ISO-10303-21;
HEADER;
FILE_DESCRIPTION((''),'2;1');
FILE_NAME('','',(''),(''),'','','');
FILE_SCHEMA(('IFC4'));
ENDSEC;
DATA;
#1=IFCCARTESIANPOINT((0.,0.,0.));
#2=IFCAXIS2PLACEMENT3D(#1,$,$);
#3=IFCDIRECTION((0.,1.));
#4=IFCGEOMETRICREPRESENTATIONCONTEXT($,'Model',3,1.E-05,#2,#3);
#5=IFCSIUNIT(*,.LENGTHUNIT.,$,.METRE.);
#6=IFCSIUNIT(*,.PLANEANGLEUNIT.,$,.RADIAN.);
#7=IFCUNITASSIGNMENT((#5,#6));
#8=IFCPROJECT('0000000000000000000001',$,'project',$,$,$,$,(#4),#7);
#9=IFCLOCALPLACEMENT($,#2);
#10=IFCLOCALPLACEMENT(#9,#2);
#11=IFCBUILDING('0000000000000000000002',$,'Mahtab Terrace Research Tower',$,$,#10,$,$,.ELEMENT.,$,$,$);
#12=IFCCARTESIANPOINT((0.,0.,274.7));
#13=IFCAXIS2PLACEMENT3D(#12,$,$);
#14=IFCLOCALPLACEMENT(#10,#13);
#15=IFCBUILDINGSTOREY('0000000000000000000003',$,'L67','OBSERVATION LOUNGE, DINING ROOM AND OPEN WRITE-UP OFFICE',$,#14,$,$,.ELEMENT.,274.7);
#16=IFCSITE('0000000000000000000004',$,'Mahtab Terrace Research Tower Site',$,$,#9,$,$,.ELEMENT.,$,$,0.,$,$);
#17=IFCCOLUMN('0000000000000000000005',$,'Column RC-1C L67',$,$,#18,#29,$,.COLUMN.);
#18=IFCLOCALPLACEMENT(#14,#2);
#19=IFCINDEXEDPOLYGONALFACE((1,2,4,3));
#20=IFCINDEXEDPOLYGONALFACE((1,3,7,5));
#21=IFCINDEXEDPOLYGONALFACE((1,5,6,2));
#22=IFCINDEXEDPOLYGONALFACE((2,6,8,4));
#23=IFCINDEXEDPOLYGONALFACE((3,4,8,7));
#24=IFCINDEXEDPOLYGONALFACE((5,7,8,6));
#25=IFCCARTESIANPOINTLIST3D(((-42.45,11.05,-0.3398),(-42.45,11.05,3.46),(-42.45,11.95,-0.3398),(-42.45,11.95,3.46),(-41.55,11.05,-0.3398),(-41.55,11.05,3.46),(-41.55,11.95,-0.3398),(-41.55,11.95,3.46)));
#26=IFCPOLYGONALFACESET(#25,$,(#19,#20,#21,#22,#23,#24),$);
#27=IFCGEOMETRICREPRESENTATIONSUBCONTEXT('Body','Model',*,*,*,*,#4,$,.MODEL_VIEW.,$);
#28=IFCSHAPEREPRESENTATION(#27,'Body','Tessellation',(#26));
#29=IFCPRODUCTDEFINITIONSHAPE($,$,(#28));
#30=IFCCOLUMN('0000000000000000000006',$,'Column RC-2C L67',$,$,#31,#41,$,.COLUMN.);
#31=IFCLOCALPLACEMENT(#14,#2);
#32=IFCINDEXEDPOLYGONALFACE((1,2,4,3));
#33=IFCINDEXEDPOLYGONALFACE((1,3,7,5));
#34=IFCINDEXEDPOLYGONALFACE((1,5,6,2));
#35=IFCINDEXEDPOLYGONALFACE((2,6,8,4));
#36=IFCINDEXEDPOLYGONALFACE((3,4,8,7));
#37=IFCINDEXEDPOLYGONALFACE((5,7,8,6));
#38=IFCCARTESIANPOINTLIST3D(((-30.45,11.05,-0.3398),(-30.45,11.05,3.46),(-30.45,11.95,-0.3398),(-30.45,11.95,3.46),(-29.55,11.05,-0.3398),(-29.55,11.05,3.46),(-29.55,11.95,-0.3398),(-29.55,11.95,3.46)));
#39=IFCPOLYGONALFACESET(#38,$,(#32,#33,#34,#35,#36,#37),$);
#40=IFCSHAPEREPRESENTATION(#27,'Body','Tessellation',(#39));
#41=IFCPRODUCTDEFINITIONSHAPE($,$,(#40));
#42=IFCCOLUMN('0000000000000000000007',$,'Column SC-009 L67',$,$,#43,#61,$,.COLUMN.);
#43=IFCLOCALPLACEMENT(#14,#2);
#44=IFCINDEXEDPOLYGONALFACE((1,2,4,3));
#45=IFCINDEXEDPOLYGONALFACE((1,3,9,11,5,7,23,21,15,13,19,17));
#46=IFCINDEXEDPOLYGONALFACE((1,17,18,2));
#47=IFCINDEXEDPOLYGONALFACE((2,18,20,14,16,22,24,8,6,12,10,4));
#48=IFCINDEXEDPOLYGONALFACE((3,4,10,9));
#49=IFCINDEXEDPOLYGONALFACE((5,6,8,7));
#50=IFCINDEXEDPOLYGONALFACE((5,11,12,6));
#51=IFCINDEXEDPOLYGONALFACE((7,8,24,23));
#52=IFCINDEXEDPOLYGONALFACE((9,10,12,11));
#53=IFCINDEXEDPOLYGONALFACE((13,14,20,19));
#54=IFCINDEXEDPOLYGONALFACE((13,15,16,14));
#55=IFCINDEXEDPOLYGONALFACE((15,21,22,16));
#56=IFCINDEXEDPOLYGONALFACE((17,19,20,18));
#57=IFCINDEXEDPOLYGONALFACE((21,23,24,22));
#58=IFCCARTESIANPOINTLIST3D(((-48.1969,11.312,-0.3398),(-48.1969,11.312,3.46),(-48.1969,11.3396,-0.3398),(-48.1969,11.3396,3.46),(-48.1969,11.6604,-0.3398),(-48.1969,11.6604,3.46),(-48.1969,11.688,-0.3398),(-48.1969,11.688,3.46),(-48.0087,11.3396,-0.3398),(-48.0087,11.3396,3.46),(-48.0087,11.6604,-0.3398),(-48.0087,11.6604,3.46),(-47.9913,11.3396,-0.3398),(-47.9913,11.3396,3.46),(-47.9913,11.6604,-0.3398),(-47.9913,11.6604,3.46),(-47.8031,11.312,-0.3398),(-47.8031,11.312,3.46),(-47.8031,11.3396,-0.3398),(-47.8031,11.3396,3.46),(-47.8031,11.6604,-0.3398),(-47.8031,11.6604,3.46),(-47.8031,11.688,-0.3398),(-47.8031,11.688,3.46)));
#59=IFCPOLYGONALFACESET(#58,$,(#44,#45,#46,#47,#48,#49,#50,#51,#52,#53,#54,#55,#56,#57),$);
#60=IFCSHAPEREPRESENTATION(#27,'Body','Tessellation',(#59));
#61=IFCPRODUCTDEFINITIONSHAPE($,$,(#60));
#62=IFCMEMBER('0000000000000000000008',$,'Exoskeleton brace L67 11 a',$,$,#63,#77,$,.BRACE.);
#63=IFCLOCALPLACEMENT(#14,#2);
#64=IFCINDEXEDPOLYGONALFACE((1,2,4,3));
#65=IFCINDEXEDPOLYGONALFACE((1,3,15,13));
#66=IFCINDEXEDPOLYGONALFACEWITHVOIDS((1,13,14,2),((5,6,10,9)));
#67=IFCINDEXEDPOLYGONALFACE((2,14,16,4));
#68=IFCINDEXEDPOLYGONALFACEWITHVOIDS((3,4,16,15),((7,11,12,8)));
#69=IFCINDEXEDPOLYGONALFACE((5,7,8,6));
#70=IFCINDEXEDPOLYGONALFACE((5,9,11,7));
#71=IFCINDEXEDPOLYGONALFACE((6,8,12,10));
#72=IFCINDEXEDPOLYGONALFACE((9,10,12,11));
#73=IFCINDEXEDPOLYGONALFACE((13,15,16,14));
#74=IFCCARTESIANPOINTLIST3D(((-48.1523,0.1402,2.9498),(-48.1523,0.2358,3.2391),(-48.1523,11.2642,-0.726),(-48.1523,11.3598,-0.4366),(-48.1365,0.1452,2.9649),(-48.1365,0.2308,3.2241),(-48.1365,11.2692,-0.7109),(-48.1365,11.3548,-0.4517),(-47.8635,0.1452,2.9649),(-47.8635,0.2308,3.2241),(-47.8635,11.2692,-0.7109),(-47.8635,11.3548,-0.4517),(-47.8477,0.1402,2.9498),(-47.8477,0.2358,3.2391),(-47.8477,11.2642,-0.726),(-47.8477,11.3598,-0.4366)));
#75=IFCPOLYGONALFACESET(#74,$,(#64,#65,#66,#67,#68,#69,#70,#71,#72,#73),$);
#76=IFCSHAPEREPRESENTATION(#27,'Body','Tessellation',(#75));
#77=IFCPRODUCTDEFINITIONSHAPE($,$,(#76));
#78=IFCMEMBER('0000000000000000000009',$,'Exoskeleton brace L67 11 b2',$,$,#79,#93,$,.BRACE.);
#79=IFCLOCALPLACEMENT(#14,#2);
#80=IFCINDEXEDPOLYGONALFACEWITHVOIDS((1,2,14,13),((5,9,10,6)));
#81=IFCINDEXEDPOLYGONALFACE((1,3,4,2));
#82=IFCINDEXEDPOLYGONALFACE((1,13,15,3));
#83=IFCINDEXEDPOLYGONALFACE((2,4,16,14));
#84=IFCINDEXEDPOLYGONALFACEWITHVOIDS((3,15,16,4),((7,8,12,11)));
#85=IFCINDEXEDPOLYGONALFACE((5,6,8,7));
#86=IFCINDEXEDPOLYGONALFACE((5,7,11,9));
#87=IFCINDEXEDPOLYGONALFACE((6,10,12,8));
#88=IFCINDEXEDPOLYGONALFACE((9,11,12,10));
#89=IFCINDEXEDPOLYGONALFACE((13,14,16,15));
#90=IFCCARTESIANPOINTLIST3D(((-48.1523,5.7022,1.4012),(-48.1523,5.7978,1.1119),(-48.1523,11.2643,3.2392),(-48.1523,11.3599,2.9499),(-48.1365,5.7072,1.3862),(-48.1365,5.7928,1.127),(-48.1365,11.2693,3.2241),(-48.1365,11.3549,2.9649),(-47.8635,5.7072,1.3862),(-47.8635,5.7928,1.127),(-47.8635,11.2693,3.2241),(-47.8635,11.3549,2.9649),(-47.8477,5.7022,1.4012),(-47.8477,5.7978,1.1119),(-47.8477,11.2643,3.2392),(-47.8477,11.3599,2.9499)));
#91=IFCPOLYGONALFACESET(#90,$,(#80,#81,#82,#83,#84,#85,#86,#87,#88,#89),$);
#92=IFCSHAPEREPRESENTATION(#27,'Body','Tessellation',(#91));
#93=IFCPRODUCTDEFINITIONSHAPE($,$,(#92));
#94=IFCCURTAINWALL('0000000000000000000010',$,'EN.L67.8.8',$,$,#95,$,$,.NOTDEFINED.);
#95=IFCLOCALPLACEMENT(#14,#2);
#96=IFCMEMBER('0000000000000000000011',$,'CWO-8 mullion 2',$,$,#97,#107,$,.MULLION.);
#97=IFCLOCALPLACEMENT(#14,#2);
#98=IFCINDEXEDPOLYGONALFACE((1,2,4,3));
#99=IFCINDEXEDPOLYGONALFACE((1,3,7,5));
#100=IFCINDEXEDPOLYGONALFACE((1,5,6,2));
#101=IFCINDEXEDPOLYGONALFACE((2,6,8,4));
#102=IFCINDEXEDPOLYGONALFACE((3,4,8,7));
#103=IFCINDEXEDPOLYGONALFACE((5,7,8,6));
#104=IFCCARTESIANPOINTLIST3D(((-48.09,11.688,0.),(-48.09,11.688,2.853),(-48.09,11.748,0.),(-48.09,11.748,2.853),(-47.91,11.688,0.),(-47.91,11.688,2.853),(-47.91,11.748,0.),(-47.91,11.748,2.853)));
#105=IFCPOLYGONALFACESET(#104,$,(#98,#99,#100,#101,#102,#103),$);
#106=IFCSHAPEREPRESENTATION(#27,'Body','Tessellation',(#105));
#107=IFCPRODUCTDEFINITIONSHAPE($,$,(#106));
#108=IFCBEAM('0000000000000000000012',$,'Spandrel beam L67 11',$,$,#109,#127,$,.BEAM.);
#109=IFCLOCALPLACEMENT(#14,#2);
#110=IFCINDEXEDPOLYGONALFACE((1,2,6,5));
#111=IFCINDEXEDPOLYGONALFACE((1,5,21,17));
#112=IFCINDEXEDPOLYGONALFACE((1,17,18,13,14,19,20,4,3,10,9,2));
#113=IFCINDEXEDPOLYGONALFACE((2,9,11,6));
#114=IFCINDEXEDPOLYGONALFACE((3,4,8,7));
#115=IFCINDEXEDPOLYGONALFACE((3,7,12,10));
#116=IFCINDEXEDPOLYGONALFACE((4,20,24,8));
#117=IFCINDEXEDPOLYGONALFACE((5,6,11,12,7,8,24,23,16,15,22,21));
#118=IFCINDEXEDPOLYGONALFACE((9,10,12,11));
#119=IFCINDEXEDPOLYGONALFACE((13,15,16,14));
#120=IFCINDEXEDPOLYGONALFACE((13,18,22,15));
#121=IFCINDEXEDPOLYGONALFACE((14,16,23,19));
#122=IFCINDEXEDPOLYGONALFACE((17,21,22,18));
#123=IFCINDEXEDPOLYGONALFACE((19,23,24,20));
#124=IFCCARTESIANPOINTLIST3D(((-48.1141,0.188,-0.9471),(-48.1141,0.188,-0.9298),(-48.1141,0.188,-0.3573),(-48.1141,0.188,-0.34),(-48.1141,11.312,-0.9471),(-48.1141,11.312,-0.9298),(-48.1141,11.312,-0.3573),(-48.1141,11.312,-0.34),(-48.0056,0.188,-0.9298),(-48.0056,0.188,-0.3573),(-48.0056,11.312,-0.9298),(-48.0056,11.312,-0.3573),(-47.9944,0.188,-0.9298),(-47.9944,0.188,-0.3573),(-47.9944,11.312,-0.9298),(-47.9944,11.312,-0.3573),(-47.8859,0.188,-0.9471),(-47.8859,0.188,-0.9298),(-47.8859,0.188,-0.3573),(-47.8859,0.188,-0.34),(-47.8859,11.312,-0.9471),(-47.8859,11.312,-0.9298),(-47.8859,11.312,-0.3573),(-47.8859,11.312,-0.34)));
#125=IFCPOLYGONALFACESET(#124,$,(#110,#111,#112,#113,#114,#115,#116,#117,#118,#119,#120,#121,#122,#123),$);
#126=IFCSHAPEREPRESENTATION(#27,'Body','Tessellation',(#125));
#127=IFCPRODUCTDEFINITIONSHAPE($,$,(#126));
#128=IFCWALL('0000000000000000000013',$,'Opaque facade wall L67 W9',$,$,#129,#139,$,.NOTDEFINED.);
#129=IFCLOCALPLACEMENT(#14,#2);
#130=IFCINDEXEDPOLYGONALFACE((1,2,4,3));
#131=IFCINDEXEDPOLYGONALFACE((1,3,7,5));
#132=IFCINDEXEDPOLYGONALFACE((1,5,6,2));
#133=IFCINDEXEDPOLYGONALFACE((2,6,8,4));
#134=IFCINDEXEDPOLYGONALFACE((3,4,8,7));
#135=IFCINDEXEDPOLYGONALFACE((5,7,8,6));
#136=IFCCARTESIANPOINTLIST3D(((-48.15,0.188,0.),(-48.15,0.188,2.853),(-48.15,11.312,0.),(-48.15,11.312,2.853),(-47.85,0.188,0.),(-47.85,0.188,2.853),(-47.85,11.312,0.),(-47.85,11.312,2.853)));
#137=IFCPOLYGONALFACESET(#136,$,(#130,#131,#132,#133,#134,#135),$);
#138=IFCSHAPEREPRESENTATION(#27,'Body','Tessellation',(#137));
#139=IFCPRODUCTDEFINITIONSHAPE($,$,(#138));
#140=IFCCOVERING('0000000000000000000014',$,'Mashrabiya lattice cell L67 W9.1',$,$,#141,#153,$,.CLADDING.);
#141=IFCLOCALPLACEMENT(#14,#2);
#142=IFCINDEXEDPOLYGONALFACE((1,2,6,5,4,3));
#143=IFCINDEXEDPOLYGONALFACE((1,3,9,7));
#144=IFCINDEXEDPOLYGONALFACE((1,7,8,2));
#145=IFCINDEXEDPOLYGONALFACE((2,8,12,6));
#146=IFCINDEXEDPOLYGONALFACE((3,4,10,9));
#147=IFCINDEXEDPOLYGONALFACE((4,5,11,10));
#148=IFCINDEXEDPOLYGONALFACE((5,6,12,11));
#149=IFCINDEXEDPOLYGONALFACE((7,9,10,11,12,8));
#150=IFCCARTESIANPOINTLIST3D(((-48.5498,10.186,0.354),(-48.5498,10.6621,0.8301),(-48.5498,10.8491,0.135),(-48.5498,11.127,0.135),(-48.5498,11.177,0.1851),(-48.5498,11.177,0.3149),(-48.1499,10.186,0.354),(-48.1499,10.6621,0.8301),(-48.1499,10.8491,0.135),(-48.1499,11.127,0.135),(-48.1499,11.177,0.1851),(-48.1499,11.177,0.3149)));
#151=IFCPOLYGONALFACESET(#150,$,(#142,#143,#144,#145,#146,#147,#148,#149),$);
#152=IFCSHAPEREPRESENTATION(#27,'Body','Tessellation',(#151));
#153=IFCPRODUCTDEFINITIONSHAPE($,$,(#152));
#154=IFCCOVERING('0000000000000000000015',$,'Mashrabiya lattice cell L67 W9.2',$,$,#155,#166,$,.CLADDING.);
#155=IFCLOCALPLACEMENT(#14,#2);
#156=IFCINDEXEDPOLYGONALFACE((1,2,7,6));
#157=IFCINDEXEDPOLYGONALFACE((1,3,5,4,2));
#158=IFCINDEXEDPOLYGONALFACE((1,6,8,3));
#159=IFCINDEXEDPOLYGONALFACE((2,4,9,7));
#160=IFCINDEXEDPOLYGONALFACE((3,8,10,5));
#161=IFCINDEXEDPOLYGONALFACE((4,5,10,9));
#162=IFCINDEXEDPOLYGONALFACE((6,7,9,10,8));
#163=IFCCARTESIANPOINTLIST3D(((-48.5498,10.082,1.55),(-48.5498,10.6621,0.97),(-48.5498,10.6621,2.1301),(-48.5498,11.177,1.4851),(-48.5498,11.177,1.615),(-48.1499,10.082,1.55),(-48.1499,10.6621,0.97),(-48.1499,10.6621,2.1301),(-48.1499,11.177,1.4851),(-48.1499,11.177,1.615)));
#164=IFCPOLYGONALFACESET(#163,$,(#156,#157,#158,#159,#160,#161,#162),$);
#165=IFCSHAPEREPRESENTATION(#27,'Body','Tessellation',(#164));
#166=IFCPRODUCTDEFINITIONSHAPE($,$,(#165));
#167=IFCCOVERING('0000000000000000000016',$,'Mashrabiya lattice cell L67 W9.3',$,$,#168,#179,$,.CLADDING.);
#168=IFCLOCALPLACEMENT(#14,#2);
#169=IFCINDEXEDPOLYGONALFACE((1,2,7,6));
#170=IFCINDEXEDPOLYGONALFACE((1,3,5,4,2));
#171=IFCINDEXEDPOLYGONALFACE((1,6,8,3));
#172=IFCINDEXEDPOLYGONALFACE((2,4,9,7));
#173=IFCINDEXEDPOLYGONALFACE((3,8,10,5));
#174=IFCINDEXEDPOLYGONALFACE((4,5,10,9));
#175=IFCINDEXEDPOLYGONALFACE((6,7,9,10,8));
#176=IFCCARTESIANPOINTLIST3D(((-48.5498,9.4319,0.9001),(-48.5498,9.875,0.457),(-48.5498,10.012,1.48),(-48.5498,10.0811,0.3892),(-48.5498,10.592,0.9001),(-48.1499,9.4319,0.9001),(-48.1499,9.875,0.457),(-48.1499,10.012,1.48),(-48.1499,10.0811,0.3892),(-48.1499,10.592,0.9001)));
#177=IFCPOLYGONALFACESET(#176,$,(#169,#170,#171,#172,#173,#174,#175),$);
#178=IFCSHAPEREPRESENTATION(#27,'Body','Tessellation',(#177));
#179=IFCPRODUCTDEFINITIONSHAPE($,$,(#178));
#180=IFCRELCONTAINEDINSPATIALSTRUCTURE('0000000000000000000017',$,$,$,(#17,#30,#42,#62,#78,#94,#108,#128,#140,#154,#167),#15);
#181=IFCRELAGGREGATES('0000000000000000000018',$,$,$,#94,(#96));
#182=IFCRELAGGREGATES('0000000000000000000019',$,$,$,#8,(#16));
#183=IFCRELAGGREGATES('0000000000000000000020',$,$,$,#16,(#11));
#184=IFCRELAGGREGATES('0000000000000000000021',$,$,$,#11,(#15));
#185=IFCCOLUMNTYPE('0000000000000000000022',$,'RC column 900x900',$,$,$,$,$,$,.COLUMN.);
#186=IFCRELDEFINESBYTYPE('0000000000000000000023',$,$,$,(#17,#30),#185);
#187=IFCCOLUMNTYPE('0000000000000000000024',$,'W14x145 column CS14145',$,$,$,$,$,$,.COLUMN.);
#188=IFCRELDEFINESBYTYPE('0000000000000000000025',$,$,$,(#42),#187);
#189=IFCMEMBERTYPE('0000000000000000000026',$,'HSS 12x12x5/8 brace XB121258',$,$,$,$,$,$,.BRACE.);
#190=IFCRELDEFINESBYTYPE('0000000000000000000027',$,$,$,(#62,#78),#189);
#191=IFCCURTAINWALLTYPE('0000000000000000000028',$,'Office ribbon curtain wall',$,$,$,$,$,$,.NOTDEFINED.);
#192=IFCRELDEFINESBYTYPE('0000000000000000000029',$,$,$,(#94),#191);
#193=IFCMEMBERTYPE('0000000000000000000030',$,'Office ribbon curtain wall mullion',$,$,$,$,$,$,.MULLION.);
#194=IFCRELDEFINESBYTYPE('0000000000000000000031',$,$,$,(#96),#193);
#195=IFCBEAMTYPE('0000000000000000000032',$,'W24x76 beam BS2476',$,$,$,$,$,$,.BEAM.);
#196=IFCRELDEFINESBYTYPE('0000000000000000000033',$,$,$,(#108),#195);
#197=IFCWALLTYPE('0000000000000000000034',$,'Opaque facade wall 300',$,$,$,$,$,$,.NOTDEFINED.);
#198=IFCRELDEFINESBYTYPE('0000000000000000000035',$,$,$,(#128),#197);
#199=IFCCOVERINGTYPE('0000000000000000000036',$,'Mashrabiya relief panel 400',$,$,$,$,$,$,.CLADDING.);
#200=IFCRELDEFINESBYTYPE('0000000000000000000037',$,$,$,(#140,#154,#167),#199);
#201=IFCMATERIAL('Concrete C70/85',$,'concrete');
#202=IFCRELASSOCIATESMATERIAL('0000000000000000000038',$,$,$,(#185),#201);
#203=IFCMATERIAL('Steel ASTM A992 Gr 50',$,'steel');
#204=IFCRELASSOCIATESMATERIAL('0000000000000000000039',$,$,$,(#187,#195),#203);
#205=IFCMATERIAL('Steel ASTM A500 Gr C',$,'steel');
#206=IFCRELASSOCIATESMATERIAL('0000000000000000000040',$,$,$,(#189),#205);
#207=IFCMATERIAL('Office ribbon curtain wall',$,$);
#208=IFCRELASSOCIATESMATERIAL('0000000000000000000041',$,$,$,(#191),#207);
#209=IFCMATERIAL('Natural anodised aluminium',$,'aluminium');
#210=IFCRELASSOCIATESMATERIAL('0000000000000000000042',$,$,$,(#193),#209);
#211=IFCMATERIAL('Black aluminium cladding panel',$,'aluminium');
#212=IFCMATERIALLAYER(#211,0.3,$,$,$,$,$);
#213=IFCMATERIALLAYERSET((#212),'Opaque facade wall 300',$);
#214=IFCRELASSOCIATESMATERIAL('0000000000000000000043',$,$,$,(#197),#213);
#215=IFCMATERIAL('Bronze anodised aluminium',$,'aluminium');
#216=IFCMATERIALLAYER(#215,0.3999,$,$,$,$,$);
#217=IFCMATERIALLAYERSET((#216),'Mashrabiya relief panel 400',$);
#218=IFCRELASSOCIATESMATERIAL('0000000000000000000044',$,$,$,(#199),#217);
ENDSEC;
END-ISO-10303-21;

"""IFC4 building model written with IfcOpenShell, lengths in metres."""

from ifc_helpers import new_model, si_unit, direction, frame, frame_2d, origin, origin_2d, place, context, subcontext, project, spatial, polyline, rectangle, hollow_rectangle, i_section, outline, extrude, material, layer, layer_set, material_profile, profile_set, type_object, element, aggregate, save


model = new_model("IFC4")

# Units and contexts
model_context = context("Model", 3, precision=1e-05, world=origin(), true_north=direction((0.0, 1.0)))
body_context = subcontext(model_context, "Body", "Model", "MODEL_VIEW")
ifc_project = project(units=[si_unit("LENGTHUNIT", "METRE"), si_unit("PLANEANGLEUNIT", "RADIAN")], contexts=[model_context])

# Site, building, storey
site_placement = place(None, origin())
site = spatial("IfcSite", under=ifc_project, at=site_placement, Name="Mahtab Terrace Research Tower Site", CompositionType="ELEMENT", RefElevation=0.0)
building_placement = place(site_placement, origin())
building = spatial("IfcBuilding", under=site, at=building_placement, Name="Mahtab Terrace Research Tower", CompositionType="ELEMENT")
storey_placement = place(building_placement, frame((0.0, 0.0, 274.7)))
storey = spatial("IfcBuildingStorey", under=building, at=storey_placement, Name="L67", Description="OBSERVATION LOUNGE, DINING ROOM AND OPEN WRITE-UP OFFICE", CompositionType="ELEMENT", Elevation=274.7)

# Columns
ifc_material_1 = material(Name="Concrete C70/85", Category="concrete")
ifc_material_profile_1 = material_profile(ifc_material_1, rectangle(XDim=0.8999, YDim=0.8999, at=origin_2d()), Name="RC column 900x900")
ifc_profile_set_1 = profile_set([ifc_material_profile_1], Name="Concrete C70/85")
column_type_1 = type_object("IfcColumnType", Name="RC column 900x900", PredefinedType="COLUMN", material=ifc_profile_set_1)
for number, where, z_axis, x_axis, name in (
    (1, (-42.0, 11.5, -0.3398), (0.0, 0.0, 1.0), (1.0, 0.0, 0.0), "Column RC-1C L67"),
    (2, (-30.0, 11.5, -0.3398), (0.0, 0.0, 1.0), (1.0, 0.0, 0.0), "Column RC-2C L67"),
):
    element("IfcColumn", number, at=place(storey_placement, frame(where, z_axis=z_axis, x_axis=x_axis)), inside=storey, type_object=column_type_1, Name=name, PredefinedType="COLUMN", context=body_context, shape_type="SweptSolid", body=[
        extrude(rectangle(XDim=0.8999, YDim=0.8999, at=origin_2d()), origin(), (0.0, 0.0, 1.0), 3.7998),
    ])
ifc_material_2 = material(Name="Steel ASTM A992 Gr 50", Category="steel")
ifc_material_profile_2 = material_profile(ifc_material_2, i_section(OverallWidth=0.3938, OverallDepth=0.376, WebThickness=0.0173, FlangeThickness=0.0276, at=origin_2d()), Name="W14X145")
ifc_profile_set_2 = profile_set([ifc_material_profile_2], Name="Steel ASTM A992 Gr 50")
column_type_2 = type_object("IfcColumnType", Name="W14x145 column CS14145", PredefinedType="COLUMN", material=ifc_profile_set_2)
column_placement = place(storey_placement, frame((-48.0, 11.5, -0.3398), z_axis=(0.0, 0.0, 1.0), x_axis=(1.0, 0.0, 0.0)))
element("IfcColumn", 3, at=column_placement, inside=storey, type_object=column_type_2, Name="Column SC-009 L67", PredefinedType="COLUMN", context=body_context, shape_type="SweptSolid", body=[
    extrude(i_section(OverallWidth=0.3938, OverallDepth=0.376, WebThickness=0.0173, FlangeThickness=0.0276, at=origin_2d()), origin(), (0.0, 0.0, 1.0), 3.7998),
])

# Members
ifc_material_3 = material(Name="Steel ASTM A500 Gr C", Category="steel")
ifc_material_profile_3 = material_profile(ifc_material_3, hollow_rectangle(XDim=0.3047, YDim=0.3047, WallThickness=0.0159, at=origin_2d()), Name="HSS12X12X5/8")
ifc_profile_set_3 = profile_set([ifc_material_profile_3], Name="Steel ASTM A500 Gr C")
member_type_1 = type_object("IfcMemberType", Name="HSS 12x12x5/8 brace XB121258", PredefinedType="BRACE", material=ifc_profile_set_3)
member_1_placement = place(storey_placement, frame((-48.0, 11.312, -0.5813), z_axis=(0.0, -0.949505, 0.313751), x_axis=(1.0, 0.0, 0.0)))
element("IfcMember", 4, at=member_1_placement, inside=storey, type_object=member_type_1, Name="Exoskeleton brace L67 11 a", PredefinedType="BRACE", context=body_context, shape_type="SweptSolid", body=[
    extrude(hollow_rectangle(XDim=0.3047, YDim=0.3047, WallThickness=0.0159, at=origin_2d()), origin(), (0.0, 0.0, 1.0), 11.7156),
])
member_2_placement = place(storey_placement, frame((-48.0, 5.75, 1.2566), z_axis=(0.0, 0.949505, 0.313751), x_axis=(-1.0, 0.0, 0.0)))
element("IfcMember", 5, at=member_2_placement, inside=storey, type_object=member_type_1, Name="Exoskeleton brace L67 11 b2", PredefinedType="BRACE", context=body_context, shape_type="SweptSolid", body=[
    extrude(hollow_rectangle(XDim=0.3047, YDim=0.3047, WallThickness=0.0159, at=origin_2d()), origin(), (0.0, 0.0, 1.0), 5.8579),
])

# Curtain wall, member
ifc_material_4 = material(Name="Office ribbon curtain wall")
curtain_wall_type = type_object("IfcCurtainWallType", Name="Office ribbon curtain wall", PredefinedType="NOTDEFINED", material=ifc_material_4)
curtain_wall_placement = place(storey_placement, origin())
curtain_wall = element("IfcCurtainWall", 6, at=curtain_wall_placement, inside=storey, type_object=curtain_wall_type, Name="EN.L67.8.8", PredefinedType="NOTDEFINED")
ifc_material_5 = material(Name="Natural anodised aluminium", Category="aluminium")
ifc_material_profile_4 = material_profile(ifc_material_5, rectangle(XDim=0.1799, YDim=0.0601, at=origin_2d()), Name="MULLION 60x180")
ifc_profile_set_4 = profile_set([ifc_material_profile_4], Name="Natural anodised aluminium")
member_type_2 = type_object("IfcMemberType", Name="Office ribbon curtain wall mullion", PredefinedType="MULLION", material=ifc_profile_set_4)
member_3_placement = place(storey_placement, frame((-48.0, 11.718, 0.0), z_axis=(0.0, 0.0, 1.0), x_axis=(1.0, 0.0, 0.0)))
member_3 = element("IfcMember", 7, at=member_3_placement, type_object=member_type_2, Name="CWO-8 mullion 2", PredefinedType="MULLION", context=body_context, shape_type="SweptSolid", body=[
    extrude(rectangle(XDim=0.1799, YDim=0.0601, at=origin_2d()), origin(), (0.0, 0.0, 1.0), 2.853),
])
aggregate(curtain_wall, [member_3])

# Beam
ifc_material_profile_5 = material_profile(ifc_material_2, i_section(OverallWidth=0.2283, OverallDepth=0.6072, WebThickness=0.0112, FlangeThickness=0.0173, at=origin_2d()), Name="W24X76")
ifc_profile_set_5 = profile_set([ifc_material_profile_5], Name="Steel ASTM A992 Gr 50")
beam_type = type_object("IfcBeamType", Name="W24x76 beam BS2476", PredefinedType="BEAM", material=ifc_profile_set_5)
beam_placement = place(storey_placement, frame((-48.0, 11.312, -0.6436), z_axis=(0.0, -1.0, 0.0), x_axis=(1.0, 0.0, 0.0)))
element("IfcBeam", 8, at=beam_placement, inside=storey, type_object=beam_type, Name="Spandrel beam L67 11", PredefinedType="BEAM", context=body_context, shape_type="SweptSolid", body=[
    extrude(i_section(OverallWidth=0.2283, OverallDepth=0.6072, WebThickness=0.0112, FlangeThickness=0.0173, at=origin_2d()), origin(), (0.0, 0.0, 1.0), 11.124),
])

# Wall
ifc_material_6 = material(Name="Black aluminium cladding panel", Category="aluminium")
ifc_layer_1 = layer(ifc_material_6, 0.3)
ifc_layer_set_1 = layer_set([ifc_layer_1], Name="Opaque facade wall 300")
wall_type = type_object("IfcWallType", Name="Opaque facade wall 300", PredefinedType="NOTDEFINED", material=ifc_layer_set_1)
wall_placement = place(storey_placement, frame((-48.0, 11.312, 0.0), z_axis=(0.0, 0.0, 1.0), x_axis=(0.0, -1.0, 0.0)))
element("IfcWall", 9, at=wall_placement, inside=storey, type_object=wall_type, Name="Opaque facade wall L67 W9", PredefinedType="NOTDEFINED", context=body_context, shape_type="SweptSolid", body=[
    extrude(rectangle(XDim=11.124, YDim=0.3, at=frame_2d((5.562, 0.0))), origin(), (0.0, 0.0, 1.0), 2.853),
])

# Coverings
ifc_material_7 = material(Name="Bronze anodised aluminium", Category="aluminium")
ifc_layer_2 = layer(ifc_material_7, 0.3999)
ifc_layer_set_2 = layer_set([ifc_layer_2], Name="Mashrabiya relief panel 400")
covering_type = type_object("IfcCoveringType", Name="Mashrabiya relief panel 400", PredefinedType="CLADDING", material=ifc_layer_set_2)
covering_1_placement = place(storey_placement, frame((-48.1499, 11.177, 0.1851), z_axis=(1.0, 0.0, 0.0), x_axis=(0.0, 0.0, 1.0)))
element("IfcCovering", 10, at=covering_1_placement, inside=storey, type_object=covering_type, Name="Mashrabiya lattice cell L67 W9.1", PredefinedType="CLADDING", context=body_context, shape_type="SweptSolid", body=[
    extrude(outline(polyline([(0.0, 0.0), (0.1299, 0.0), (0.645, 0.5149), (0.1689, 0.991), (-0.05, 0.3279), (-0.05, 0.05), (0.0, 0.0)])), origin(), (0.0, 0.0, -1.0), 0.3999),
])
covering_2_placement = place(storey_placement, frame((-48.1499, 10.6621, 2.1301), z_axis=(1.0, 0.0, 0.0), x_axis=(0.0, -0.707107, -0.707107)))
element("IfcCovering", 11, at=covering_2_placement, inside=storey, type_object=covering_type, Name="Mashrabiya lattice cell L67 W9.2", PredefinedType="CLADDING", context=body_context, shape_type="SweptSolid", body=[
    extrude(outline(polyline([(0.0, 0.0), (0.8204, 0.0), (0.8204, 0.8204), (0.092, 0.8202), (0.0002, 0.7283), (0.0, 0.0)])), origin(), (0.0, 0.0, -1.0), 0.3999),
])
covering_3_placement = place(storey_placement, frame((-48.1499, 10.592, 0.9001), z_axis=(1.0, 0.0, 0.0), x_axis=(0.0, -0.707256, 0.706958)))
element("IfcCovering", 12, at=covering_3_placement, inside=storey, type_object=covering_type, Name="Mashrabiya lattice cell L67 W9.3", PredefinedType="CLADDING", context=body_context, shape_type="SweptSolid", body=[
    extrude(outline(polyline([(0.0, 0.0), (0.8202, 0.0), (0.8205, 0.8202), (0.1939, 0.8203), (0.0002, 0.7226), (0.0, 0.0)])), origin(), (0.0, 0.0, -1.0), 0.3999),
])

save(model, "model.ifc")
